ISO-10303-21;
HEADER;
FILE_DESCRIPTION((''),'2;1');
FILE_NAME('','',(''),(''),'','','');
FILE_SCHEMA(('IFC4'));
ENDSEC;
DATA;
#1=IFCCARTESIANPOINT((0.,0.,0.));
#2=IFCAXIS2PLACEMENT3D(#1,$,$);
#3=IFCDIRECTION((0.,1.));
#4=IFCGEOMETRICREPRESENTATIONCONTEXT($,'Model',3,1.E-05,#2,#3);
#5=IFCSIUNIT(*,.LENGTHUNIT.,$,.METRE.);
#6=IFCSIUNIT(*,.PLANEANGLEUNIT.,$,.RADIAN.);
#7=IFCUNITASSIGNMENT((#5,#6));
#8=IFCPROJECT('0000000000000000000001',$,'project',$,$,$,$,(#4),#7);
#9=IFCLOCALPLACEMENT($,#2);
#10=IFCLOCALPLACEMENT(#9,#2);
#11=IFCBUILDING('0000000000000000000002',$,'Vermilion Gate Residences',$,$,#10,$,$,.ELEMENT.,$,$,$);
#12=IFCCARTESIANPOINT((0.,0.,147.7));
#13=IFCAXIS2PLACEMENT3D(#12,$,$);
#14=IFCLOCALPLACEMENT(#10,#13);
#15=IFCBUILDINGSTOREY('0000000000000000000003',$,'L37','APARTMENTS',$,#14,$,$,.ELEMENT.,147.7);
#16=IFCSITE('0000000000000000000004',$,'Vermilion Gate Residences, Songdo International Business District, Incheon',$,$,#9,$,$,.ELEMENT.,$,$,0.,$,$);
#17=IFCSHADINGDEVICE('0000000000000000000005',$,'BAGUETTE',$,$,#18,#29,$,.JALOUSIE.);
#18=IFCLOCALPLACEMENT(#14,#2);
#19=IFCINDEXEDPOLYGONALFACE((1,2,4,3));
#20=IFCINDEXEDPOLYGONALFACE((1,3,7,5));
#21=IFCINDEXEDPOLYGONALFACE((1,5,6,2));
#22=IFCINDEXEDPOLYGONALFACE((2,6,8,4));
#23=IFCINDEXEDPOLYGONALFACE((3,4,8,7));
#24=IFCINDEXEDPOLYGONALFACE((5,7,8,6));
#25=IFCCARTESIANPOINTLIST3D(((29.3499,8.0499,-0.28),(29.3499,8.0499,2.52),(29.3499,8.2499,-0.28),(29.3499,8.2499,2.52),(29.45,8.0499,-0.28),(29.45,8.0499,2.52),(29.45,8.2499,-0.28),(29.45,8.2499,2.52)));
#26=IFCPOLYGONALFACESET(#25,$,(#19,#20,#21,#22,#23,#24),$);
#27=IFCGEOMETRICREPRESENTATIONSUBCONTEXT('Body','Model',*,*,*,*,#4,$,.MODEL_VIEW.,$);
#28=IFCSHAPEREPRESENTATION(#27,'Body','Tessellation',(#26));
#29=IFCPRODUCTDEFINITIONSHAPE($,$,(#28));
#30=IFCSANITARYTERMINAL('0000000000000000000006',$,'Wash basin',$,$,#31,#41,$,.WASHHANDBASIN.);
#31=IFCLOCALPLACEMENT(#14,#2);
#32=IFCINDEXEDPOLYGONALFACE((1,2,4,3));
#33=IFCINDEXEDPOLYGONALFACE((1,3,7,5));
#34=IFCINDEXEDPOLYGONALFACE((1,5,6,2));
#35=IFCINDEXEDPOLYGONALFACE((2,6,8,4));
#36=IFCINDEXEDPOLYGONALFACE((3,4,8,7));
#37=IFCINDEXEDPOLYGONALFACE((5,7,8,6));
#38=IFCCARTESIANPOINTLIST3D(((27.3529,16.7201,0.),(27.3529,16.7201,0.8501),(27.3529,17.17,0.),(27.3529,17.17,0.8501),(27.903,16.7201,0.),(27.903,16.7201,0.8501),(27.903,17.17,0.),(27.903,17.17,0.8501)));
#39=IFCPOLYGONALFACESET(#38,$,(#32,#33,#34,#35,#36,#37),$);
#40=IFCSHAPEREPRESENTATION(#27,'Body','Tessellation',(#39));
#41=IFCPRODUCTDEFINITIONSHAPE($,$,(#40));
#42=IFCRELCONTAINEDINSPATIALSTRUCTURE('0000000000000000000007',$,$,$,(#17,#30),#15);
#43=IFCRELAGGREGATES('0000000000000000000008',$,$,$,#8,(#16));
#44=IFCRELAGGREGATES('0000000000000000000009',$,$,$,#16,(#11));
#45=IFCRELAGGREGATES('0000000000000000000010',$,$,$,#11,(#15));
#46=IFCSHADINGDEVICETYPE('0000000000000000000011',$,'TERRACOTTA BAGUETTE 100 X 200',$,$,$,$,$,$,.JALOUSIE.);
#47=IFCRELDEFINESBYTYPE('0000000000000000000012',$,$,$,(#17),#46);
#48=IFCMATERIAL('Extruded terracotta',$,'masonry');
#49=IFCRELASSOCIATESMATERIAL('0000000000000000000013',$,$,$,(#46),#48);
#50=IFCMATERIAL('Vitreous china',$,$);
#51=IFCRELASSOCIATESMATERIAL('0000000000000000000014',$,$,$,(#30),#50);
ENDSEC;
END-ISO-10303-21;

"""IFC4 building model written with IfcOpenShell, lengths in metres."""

from ifc_helpers import new_model, si_unit, direction, frame, origin, origin_2d, place, context, subcontext, project, spatial, rectangle, extrude, material, material_profile, profile_set, type_object, element, save


model = new_model("IFC4")

# Units and contexts
model_context = context("Model", 3, precision=1e-05, world=origin(), true_north=direction((0.0, 1.0)))
body_context = subcontext(model_context, "Body", "Model", "MODEL_VIEW")
ifc_project = project(units=[si_unit("LENGTHUNIT", "METRE"), si_unit("PLANEANGLEUNIT", "RADIAN")], contexts=[model_context])

# Site, building, storey
site_placement = place(None, origin())
site = spatial("IfcSite", under=ifc_project, at=site_placement, Name="Vermilion Gate Residences, Songdo International Business District, Incheon", CompositionType="ELEMENT", RefElevation=0.0)
building_placement = place(site_placement, origin())
building = spatial("IfcBuilding", under=site, at=building_placement, Name="Vermilion Gate Residences", CompositionType="ELEMENT")
storey_placement = place(building_placement, frame((0.0, 0.0, 147.7)))
storey = spatial("IfcBuildingStorey", under=building, at=storey_placement, Name="L37", Description="APARTMENTS", CompositionType="ELEMENT", Elevation=147.7)

# Shading device
ifc_material_1 = material(Name="Extruded terracotta", Category="masonry")
ifc_material_profile_1 = material_profile(ifc_material_1, rectangle(XDim=0.2, YDim=0.1001, at=origin_2d()), Name="BAGUETTE 100 X 200")
ifc_profile_set_1 = profile_set([ifc_material_profile_1], Name="Extruded terracotta")
shading_device_type_1 = type_object("IfcShadingDeviceType", Name="TERRACOTTA BAGUETTE 100 X 200", PredefinedType="JALOUSIE", material=ifc_profile_set_1)
shading_device_1_placement = place(storey_placement, frame((29.3999, 8.1499, -0.28), z_axis=(0.0, 0.0, 1.0), x_axis=(0.0, 1.0, 0.0)))
element("IfcShadingDevice", 1, at=shading_device_1_placement, inside=storey, type_object=shading_device_type_1, Name="BAGUETTE", PredefinedType="JALOUSIE", context=body_context, shape_type="SweptSolid", body=[
    extrude(rectangle(XDim=0.2, YDim=0.1001, at=origin_2d()), origin(), (0.0, 0.0, 1.0), 2.8),
])

# Sanitary terminal
ifc_material_2 = material(Name="Vitreous china")
sanitary_terminal_placement = place(storey_placement, frame((27.6279, 16.9451, 0.0), z_axis=(0.0, 0.0, 1.0), x_axis=(1.0, 0.0, 0.0)))
element("IfcSanitaryTerminal", 2, at=sanitary_terminal_placement, inside=storey, material=ifc_material_2, Name="Wash basin", PredefinedType="WASHHANDBASIN", context=body_context, shape_type="SweptSolid", body=[
    extrude(rectangle(XDim=0.55, YDim=0.45, at=origin_2d()), origin(), (0.0, 0.0, 1.0), 0.8501),
])

save(model, "model.ifc")
